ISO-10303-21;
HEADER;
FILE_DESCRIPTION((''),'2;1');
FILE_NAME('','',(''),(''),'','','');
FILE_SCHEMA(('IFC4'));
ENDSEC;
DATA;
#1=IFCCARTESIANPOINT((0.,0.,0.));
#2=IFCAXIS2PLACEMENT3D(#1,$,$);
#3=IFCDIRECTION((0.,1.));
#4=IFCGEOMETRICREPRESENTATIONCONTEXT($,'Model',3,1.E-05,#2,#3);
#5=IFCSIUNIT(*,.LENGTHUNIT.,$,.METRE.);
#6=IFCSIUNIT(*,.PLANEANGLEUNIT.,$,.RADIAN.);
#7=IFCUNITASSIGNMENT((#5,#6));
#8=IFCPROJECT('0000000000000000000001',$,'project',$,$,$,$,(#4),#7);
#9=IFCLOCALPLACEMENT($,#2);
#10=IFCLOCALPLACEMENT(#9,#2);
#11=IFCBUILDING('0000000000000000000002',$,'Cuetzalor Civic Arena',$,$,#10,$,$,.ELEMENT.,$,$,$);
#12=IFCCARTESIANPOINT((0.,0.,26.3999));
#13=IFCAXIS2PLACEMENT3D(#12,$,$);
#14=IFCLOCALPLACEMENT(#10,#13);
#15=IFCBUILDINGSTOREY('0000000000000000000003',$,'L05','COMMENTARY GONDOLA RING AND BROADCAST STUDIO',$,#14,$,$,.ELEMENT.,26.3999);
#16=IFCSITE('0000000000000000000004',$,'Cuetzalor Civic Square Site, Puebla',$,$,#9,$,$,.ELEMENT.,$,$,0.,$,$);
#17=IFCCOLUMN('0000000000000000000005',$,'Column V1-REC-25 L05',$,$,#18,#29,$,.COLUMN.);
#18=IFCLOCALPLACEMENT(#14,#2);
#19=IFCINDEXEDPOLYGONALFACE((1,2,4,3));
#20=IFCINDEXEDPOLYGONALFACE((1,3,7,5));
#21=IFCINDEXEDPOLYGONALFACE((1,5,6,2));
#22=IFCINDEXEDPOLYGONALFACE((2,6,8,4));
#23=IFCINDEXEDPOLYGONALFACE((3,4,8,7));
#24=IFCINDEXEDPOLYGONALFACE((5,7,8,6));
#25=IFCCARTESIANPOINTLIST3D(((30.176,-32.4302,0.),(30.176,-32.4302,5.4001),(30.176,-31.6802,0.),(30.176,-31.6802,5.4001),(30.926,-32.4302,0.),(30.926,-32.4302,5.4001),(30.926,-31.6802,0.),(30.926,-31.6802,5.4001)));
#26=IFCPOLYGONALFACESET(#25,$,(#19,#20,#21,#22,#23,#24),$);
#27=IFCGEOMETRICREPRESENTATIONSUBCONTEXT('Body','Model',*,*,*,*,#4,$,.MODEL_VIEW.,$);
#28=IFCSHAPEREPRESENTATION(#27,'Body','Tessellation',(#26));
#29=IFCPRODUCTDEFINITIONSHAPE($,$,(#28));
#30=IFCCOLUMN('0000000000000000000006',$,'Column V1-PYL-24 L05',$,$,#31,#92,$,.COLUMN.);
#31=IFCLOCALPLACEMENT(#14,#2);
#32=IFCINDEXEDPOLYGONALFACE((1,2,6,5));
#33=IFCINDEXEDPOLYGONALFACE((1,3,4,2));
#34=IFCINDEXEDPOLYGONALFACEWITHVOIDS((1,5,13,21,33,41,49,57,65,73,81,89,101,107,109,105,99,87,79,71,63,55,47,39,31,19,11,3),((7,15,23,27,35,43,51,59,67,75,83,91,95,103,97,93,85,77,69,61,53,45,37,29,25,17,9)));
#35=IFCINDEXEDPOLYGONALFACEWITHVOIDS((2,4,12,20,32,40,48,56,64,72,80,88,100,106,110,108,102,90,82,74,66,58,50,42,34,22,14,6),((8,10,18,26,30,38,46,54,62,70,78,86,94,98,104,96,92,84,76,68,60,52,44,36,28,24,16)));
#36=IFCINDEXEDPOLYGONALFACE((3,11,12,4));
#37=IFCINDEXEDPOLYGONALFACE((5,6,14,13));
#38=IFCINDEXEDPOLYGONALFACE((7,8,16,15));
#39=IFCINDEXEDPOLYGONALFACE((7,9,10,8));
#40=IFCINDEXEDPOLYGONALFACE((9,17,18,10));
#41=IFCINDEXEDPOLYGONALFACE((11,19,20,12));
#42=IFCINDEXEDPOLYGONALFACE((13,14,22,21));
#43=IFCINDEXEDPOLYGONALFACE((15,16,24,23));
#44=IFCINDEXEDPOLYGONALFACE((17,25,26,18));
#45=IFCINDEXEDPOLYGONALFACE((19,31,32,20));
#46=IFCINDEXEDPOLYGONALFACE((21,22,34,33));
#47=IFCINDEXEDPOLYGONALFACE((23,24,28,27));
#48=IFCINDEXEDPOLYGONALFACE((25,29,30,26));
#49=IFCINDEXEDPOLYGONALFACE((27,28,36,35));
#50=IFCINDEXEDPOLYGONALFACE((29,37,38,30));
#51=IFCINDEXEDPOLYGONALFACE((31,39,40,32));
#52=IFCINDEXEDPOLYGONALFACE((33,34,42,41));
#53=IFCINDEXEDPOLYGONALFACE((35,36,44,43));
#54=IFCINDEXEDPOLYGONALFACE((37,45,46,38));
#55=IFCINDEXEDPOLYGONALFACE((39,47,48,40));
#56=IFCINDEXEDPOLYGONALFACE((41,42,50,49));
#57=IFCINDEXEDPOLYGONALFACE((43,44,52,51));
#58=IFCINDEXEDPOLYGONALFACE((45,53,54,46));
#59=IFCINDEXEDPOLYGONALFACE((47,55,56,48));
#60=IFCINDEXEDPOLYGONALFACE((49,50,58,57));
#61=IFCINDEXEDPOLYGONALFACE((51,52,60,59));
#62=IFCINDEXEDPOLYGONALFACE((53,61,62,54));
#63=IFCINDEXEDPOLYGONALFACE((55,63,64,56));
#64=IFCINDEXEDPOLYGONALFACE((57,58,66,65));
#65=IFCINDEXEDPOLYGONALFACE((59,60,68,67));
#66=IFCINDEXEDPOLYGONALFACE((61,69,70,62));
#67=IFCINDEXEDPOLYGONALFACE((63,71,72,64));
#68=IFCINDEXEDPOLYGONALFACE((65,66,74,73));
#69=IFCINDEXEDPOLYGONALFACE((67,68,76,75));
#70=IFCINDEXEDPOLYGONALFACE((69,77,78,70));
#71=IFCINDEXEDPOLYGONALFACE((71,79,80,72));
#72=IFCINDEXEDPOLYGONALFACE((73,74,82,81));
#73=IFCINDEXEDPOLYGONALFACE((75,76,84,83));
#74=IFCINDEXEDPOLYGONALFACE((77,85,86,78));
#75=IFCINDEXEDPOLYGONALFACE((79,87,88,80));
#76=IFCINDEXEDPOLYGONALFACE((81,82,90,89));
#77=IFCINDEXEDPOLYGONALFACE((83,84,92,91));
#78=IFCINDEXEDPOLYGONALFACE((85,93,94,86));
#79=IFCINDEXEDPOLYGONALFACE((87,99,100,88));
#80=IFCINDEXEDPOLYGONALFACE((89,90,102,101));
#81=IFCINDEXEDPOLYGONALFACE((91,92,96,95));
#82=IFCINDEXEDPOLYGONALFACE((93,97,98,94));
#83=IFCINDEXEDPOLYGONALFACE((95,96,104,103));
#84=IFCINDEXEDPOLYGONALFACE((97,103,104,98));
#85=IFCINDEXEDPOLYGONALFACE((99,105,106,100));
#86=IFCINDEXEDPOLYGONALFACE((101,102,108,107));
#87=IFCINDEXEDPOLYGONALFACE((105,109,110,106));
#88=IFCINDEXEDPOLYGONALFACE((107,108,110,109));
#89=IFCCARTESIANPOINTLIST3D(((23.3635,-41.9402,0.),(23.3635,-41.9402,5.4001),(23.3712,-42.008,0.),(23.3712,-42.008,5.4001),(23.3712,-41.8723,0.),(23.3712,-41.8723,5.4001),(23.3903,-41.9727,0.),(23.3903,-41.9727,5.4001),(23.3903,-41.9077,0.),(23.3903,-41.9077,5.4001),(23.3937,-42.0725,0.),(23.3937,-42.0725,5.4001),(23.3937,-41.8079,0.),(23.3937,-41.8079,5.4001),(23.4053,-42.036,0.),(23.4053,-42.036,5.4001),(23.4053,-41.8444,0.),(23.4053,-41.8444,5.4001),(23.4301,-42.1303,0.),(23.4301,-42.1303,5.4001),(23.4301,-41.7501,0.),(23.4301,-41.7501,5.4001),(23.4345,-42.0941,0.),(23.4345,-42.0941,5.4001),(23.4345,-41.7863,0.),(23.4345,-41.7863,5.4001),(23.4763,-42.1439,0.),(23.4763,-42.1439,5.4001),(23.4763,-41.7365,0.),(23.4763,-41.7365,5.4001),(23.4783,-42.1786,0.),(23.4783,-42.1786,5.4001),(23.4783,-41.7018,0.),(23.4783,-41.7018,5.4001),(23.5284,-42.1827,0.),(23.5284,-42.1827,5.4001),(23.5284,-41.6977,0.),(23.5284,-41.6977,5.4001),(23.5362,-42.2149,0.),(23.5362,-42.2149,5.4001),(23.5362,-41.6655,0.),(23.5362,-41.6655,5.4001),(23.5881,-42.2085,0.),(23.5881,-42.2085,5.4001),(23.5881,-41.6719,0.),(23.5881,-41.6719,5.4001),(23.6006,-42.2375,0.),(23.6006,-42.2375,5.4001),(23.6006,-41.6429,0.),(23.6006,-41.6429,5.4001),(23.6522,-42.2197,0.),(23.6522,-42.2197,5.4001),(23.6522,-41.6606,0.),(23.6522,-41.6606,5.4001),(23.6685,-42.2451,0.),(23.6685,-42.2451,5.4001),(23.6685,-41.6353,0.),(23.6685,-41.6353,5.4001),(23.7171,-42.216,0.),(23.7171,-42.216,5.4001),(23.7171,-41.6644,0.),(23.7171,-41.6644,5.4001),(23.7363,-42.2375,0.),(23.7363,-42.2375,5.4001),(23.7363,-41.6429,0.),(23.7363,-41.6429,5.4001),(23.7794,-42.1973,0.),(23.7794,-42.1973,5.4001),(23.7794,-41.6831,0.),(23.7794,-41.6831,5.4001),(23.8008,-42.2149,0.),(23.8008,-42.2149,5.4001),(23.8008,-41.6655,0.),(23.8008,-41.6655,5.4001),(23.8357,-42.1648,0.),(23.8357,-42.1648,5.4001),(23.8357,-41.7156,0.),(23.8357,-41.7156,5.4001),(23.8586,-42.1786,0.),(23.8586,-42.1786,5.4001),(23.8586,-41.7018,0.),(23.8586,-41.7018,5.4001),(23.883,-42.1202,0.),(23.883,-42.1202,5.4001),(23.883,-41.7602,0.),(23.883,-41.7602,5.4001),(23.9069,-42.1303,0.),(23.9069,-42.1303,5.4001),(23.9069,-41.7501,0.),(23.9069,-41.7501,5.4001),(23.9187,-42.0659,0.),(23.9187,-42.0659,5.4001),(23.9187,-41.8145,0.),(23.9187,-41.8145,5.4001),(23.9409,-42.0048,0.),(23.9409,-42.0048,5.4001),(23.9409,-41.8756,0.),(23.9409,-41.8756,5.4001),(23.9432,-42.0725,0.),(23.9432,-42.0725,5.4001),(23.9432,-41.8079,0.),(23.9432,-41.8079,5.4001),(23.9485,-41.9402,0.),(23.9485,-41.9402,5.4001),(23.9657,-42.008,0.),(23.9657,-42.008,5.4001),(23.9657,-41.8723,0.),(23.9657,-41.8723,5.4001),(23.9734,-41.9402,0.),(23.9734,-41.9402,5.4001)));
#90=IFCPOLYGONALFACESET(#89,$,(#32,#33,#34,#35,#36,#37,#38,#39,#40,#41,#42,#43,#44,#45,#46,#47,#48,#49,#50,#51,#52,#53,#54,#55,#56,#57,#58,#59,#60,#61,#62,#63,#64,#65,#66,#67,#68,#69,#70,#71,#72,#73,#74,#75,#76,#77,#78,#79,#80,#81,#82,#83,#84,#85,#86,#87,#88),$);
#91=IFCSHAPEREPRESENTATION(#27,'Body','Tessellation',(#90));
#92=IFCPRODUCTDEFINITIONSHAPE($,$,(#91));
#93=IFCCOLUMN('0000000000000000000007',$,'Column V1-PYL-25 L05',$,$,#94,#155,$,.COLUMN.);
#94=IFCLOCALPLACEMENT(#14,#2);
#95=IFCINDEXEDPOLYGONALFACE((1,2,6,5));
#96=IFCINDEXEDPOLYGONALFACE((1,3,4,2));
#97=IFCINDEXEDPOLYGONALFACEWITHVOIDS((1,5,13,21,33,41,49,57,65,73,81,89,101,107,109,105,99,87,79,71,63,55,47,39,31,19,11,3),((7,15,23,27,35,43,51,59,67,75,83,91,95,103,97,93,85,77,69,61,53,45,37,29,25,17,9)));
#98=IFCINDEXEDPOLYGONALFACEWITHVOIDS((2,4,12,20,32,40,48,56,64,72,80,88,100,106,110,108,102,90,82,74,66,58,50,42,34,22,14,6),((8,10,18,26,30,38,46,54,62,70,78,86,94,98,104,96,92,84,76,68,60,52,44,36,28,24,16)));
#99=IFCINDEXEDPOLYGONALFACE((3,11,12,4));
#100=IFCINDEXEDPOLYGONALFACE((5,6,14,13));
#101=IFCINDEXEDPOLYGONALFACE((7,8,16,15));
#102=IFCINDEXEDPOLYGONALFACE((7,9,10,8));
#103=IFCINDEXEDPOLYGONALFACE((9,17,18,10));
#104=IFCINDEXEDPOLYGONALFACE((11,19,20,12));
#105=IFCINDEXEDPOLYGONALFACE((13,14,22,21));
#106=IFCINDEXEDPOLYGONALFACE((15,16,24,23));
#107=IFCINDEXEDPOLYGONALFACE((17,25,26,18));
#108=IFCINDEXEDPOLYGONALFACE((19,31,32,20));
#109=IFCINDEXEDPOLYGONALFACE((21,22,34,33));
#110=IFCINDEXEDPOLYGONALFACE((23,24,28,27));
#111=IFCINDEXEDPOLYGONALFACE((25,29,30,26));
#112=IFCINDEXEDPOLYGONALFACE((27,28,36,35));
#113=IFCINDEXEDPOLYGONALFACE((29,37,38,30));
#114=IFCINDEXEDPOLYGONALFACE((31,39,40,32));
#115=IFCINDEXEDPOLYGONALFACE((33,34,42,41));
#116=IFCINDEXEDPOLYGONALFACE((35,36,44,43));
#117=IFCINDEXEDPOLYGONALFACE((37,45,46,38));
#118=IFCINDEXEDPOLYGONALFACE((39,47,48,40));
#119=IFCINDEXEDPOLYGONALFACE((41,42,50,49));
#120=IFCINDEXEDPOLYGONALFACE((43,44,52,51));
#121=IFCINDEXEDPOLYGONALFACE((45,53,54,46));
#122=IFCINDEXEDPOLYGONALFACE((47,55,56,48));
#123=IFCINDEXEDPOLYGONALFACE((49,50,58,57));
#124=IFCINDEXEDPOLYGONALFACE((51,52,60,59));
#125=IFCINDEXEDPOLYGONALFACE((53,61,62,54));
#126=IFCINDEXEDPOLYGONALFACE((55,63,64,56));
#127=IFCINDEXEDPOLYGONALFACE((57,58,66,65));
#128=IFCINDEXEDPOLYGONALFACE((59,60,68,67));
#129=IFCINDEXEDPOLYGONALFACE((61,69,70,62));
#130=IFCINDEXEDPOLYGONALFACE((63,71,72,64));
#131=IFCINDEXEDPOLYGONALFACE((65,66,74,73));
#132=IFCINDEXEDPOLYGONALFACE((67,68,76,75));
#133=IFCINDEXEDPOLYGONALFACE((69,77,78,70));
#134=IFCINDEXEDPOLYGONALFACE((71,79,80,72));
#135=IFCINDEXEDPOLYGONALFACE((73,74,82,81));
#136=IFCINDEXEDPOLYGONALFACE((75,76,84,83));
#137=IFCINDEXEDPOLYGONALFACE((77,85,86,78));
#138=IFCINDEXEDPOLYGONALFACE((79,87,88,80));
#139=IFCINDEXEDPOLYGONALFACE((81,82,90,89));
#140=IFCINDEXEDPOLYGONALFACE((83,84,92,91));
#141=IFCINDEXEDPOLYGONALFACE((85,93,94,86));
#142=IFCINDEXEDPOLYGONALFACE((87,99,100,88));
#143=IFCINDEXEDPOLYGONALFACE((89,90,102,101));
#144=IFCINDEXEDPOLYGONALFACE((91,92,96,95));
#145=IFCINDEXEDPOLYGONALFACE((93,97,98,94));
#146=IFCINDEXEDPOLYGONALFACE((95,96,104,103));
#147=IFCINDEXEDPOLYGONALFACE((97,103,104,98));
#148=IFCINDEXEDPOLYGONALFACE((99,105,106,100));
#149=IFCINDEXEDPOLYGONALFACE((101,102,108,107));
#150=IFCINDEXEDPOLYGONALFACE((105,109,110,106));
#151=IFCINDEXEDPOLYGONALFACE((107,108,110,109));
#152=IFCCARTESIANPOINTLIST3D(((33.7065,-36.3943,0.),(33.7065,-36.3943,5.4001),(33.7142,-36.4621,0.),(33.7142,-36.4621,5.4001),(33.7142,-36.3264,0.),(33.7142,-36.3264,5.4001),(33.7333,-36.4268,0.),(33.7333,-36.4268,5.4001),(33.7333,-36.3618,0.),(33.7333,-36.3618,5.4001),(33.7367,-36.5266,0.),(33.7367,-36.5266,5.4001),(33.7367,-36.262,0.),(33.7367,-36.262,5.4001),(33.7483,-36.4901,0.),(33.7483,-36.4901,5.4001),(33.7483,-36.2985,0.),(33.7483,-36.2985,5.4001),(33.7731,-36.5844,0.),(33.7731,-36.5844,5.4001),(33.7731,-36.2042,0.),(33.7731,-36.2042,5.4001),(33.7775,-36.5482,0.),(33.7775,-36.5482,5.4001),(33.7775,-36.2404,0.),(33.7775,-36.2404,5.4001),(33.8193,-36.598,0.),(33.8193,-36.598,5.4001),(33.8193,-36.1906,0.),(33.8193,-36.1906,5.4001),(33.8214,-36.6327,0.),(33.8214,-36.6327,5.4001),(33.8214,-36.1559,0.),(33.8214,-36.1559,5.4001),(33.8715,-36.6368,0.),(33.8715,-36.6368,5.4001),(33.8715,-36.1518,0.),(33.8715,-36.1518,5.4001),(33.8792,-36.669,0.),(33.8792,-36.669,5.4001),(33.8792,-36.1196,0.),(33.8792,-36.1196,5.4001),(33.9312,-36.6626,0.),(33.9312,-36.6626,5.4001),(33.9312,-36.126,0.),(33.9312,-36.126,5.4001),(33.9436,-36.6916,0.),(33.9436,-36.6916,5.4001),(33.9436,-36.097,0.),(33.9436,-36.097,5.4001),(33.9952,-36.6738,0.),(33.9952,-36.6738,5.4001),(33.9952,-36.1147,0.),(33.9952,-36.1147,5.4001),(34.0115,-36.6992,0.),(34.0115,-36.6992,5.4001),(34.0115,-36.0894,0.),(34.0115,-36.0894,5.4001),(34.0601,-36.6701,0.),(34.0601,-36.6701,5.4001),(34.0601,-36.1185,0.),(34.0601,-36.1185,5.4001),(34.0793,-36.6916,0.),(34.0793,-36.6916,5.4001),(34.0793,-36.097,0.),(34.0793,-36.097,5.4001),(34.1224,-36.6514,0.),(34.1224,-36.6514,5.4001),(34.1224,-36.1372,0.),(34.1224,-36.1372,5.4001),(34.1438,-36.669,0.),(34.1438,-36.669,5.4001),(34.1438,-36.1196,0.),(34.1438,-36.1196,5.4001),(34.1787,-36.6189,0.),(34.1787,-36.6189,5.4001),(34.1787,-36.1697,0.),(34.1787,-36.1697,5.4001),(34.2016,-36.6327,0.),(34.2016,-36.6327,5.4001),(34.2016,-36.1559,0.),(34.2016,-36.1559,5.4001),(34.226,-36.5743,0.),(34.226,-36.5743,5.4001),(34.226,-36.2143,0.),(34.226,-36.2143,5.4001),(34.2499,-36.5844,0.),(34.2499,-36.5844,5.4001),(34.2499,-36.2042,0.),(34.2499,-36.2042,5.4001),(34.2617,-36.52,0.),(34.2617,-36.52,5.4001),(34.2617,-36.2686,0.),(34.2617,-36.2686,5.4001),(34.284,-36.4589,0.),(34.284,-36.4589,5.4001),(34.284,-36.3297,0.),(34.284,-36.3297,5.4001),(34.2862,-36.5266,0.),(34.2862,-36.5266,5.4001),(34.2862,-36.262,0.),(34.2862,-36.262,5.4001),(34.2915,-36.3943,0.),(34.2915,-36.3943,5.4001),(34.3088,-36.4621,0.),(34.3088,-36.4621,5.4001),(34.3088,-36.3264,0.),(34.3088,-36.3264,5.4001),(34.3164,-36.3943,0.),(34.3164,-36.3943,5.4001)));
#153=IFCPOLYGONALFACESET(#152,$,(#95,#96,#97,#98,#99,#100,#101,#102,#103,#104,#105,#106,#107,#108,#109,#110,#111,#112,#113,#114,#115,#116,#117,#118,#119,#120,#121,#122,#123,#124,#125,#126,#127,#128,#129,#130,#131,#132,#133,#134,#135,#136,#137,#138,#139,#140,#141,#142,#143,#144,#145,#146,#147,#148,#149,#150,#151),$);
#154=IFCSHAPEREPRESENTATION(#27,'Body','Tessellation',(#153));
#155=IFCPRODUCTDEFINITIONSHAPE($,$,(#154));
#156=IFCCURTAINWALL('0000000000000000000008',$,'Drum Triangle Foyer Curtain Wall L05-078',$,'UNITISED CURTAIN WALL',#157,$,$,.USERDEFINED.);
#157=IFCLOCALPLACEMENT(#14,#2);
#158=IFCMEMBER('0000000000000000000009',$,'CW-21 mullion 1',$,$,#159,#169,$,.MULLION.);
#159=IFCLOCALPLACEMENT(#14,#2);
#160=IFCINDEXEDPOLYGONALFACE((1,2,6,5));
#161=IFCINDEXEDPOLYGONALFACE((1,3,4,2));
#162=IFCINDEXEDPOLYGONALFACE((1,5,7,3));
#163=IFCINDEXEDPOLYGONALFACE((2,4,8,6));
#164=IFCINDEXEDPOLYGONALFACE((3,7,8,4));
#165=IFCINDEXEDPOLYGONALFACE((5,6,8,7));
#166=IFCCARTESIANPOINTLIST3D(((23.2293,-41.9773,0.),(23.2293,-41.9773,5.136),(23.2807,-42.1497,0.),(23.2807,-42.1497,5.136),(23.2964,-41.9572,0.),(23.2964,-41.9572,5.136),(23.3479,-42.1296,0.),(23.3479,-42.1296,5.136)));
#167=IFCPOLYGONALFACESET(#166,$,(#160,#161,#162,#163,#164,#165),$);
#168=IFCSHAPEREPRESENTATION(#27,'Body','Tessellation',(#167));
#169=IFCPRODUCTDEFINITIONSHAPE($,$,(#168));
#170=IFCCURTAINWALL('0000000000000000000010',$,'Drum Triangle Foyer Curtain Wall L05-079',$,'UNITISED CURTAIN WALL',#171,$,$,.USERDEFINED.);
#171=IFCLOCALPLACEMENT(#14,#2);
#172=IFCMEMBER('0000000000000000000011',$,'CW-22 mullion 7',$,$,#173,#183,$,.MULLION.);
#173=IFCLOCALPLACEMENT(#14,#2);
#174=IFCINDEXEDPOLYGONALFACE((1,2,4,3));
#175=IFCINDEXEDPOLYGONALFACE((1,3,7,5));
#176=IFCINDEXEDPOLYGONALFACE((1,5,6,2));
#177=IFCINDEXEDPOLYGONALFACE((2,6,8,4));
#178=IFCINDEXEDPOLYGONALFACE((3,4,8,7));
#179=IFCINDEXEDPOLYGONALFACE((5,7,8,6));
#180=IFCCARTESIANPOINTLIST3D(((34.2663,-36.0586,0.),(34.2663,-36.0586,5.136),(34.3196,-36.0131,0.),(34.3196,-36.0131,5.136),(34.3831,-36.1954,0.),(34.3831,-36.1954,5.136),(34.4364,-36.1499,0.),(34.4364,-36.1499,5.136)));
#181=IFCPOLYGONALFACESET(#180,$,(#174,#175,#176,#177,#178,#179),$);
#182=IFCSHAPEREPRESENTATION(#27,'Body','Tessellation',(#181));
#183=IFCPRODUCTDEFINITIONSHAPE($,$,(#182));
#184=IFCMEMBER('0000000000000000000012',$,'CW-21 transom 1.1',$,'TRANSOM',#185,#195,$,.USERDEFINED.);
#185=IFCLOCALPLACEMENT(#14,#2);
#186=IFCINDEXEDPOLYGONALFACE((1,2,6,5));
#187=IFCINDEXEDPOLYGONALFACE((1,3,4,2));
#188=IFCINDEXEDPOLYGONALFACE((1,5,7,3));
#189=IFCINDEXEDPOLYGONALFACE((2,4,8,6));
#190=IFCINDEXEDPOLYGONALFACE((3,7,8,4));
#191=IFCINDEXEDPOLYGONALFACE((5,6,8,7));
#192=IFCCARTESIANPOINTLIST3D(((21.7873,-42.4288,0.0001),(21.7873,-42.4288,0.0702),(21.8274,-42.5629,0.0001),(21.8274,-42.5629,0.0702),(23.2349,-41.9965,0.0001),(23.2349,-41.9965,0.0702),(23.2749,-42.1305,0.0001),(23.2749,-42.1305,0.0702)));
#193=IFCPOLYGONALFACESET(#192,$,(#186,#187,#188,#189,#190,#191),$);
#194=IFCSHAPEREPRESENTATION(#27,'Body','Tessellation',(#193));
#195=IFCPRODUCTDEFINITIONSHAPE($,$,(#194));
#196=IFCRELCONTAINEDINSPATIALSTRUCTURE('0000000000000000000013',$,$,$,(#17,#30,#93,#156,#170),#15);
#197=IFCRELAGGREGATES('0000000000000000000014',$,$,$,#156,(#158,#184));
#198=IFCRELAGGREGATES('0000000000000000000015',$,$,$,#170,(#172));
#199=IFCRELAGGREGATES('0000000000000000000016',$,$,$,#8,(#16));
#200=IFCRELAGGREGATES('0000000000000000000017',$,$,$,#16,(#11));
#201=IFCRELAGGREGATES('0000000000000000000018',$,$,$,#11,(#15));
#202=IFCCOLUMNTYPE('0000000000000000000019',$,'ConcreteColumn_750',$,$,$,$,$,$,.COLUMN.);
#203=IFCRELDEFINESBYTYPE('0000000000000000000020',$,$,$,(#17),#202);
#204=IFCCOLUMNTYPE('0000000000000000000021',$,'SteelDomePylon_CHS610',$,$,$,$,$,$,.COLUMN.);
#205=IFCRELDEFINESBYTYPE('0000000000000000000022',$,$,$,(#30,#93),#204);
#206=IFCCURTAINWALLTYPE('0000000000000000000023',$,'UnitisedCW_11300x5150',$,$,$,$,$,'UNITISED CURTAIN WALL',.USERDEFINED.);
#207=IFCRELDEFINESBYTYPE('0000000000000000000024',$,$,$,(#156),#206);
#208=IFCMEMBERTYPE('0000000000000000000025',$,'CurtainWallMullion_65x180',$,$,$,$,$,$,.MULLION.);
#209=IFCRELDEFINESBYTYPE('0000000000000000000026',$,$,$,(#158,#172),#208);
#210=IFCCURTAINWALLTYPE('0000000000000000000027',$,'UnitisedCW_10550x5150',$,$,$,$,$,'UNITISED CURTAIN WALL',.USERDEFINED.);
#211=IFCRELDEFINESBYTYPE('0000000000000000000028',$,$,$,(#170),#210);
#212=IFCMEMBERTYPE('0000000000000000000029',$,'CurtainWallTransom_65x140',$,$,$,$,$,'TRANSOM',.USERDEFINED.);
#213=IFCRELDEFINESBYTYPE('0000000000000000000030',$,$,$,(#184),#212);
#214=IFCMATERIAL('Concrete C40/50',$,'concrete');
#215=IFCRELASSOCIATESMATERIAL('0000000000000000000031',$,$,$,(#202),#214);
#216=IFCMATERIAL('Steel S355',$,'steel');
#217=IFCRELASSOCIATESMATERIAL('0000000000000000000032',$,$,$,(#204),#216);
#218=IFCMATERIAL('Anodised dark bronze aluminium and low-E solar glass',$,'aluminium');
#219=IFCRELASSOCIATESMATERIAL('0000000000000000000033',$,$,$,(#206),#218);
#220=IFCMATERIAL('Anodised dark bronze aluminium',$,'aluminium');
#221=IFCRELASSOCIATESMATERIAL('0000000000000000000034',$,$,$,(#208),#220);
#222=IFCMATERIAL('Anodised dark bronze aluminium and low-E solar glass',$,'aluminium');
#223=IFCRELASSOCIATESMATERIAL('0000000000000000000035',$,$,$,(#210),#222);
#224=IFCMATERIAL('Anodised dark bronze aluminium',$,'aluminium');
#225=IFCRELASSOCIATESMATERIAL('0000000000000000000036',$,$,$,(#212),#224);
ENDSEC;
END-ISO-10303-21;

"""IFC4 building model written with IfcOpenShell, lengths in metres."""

from ifc_helpers import new_model, si_unit, direction, frame, origin, origin_2d, place, context, subcontext, project, spatial, rectangle, hollow_circle, extrude, material, material_profile, profile_set, type_object, element, aggregate, save


model = new_model("IFC4")

# Units and contexts
model_context = context("Model", 3, precision=1e-05, world=origin(), true_north=direction((0.0, 1.0)))
body_context = subcontext(model_context, "Body", "Model", "MODEL_VIEW")
ifc_project = project(units=[si_unit("LENGTHUNIT", "METRE"), si_unit("PLANEANGLEUNIT", "RADIAN")], contexts=[model_context])

# Site, building, storey
site_placement = place(None, origin())
site = spatial("IfcSite", under=ifc_project, at=site_placement, Name="Cuetzalor Civic Square Site, Puebla", CompositionType="ELEMENT", RefElevation=0.0)
building_placement = place(site_placement, origin())
building = spatial("IfcBuilding", under=site, at=building_placement, Name="Cuetzalor Civic Arena", CompositionType="ELEMENT")
storey_placement = place(building_placement, frame((0.0, 0.0, 26.3999)))
storey = spatial("IfcBuildingStorey", under=building, at=storey_placement, Name="L05", Description="COMMENTARY GONDOLA RING AND BROADCAST STUDIO", CompositionType="ELEMENT", Elevation=26.3999)

# Columns
ifc_material_1 = material(Name="Concrete C40/50", Category="concrete")
ifc_material_profile_1 = material_profile(ifc_material_1, rectangle(XDim=0.75, YDim=0.75, at=origin_2d()), Name="RC 750x750")
ifc_profile_set_1 = profile_set([ifc_material_profile_1], Name="Concrete C40/50")
column_type_1 = type_object("IfcColumnType", Name="ConcreteColumn_750", PredefinedType="COLUMN", material=ifc_profile_set_1)
column_placement = place(storey_placement, frame((30.551, -32.0552, 0.0), z_axis=(0.0, 0.0, 1.0), x_axis=(1.0, 0.0, 0.0)))
element("IfcColumn", 1, at=column_placement, inside=storey, type_object=column_type_1, Name="Column V1-REC-25 L05", PredefinedType="COLUMN", context=body_context, shape_type="SweptSolid", body=[
    extrude(rectangle(XDim=0.75, YDim=0.75, at=origin_2d()), origin(), (0.0, 0.0, 1.0), 5.4001),
])
ifc_material_2 = material(Name="Steel S355", Category="steel")
ifc_material_profile_2 = material_profile(ifc_material_2, hollow_circle(Radius=0.3049, WallThickness=0.0249, at=origin_2d()), Name="CHS 610x25")
ifc_profile_set_2 = profile_set([ifc_material_profile_2], Name="Steel S355")
column_type_2 = type_object("IfcColumnType", Name="SteelDomePylon_CHS610", PredefinedType="COLUMN", material=ifc_profile_set_2)
for number, where, z_axis, x_axis, name in (
    (2, (23.6685, -41.9402, 0.0), (0.0, 0.0, 1.0), (1.0, 0.0, 0.0), "Column V1-PYL-24 L05"),
    (3, (34.0115, -36.3943, 0.0), (0.0, 0.0, 1.0), (1.0, 0.0, 0.0), "Column V1-PYL-25 L05"),
):
    element("IfcColumn", number, at=place(storey_placement, frame(where, z_axis=z_axis, x_axis=x_axis)), inside=storey, type_object=column_type_2, Name=name, PredefinedType="COLUMN", context=body_context, shape_type="SweptSolid", body=[
        extrude(hollow_circle(Radius=0.3049, WallThickness=0.0249, at=origin_2d()), origin(), (0.0, 0.0, 1.0), 5.4001),
    ])

# Curtain walls, members
ifc_material_3 = material(Name="Anodised dark bronze aluminium and low-E solar glass", Category="aluminium")
curtain_wall_type_1 = type_object("IfcCurtainWallType", Name="UnitisedCW_11300x5150", ElementType="UNITISED CURTAIN WALL", PredefinedType="USERDEFINED", material=ifc_material_3)
curtain_wall_1_placement = place(storey_placement, origin())
curtain_wall_1 = element("IfcCurtainWall", 4, at=curtain_wall_1_placement, inside=storey, type_object=curtain_wall_type_1, Name="Drum Triangle Foyer Curtain Wall L05-078", ObjectType="UNITISED CURTAIN WALL", PredefinedType="USERDEFINED")
ifc_material_4 = material(Name="Anodised dark bronze aluminium", Category="aluminium")
ifc_material_profile_3 = material_profile(ifc_material_4, rectangle(XDim=0.0701, YDim=0.1799, at=origin_2d()), Name="ALU MULLION 70x180")
ifc_profile_set_3 = profile_set([ifc_material_profile_3], Name="Anodised dark bronze aluminium")
member_type_1 = type_object("IfcMemberType", Name="CurtainWallMullion_65x180", PredefinedType="MULLION", material=ifc_profile_set_3)
member_1_placement = place(storey_placement, frame((23.2886, -42.0535, 0.0), z_axis=(0.0, 0.0, 1.0), x_axis=(-0.958194, -0.28612, 0.0)))
member_1 = element("IfcMember", 5, at=member_1_placement, type_object=member_type_1, Name="CW-21 mullion 1", PredefinedType="MULLION", context=body_context, shape_type="SweptSolid", body=[
    extrude(rectangle(XDim=0.0701, YDim=0.1799, at=origin_2d()), origin(), (0.0, 0.0, 1.0), 5.136),
])
ifc_material_5 = material(Name="Anodised dark bronze aluminium and low-E solar glass", Category="aluminium")
curtain_wall_type_2 = type_object("IfcCurtainWallType", Name="UnitisedCW_10550x5150", ElementType="UNITISED CURTAIN WALL", PredefinedType="USERDEFINED", material=ifc_material_5)
curtain_wall_2_placement = place(storey_placement, origin())
curtain_wall_2 = element("IfcCurtainWall", 6, at=curtain_wall_2_placement, inside=storey, type_object=curtain_wall_type_2, Name="Drum Triangle Foyer Curtain Wall L05-079", ObjectType="UNITISED CURTAIN WALL", PredefinedType="USERDEFINED")
member_2_placement = place(storey_placement, frame((34.3513, -36.1042, 0.0), z_axis=(0.0, 0.0, 1.0), x_axis=(-0.760677, -0.64913, 0.0)))
member_2 = element("IfcMember", 7, at=member_2_placement, type_object=member_type_1, Name="CW-22 mullion 7", PredefinedType="MULLION", context=body_context, shape_type="SweptSolid", body=[
    extrude(rectangle(XDim=0.0701, YDim=0.1799, at=origin_2d()), origin(), (0.0, 0.0, 1.0), 5.136),
])

# Member
ifc_material_6 = material(Name="Anodised dark bronze aluminium", Category="aluminium")
ifc_material_profile_4 = material_profile(ifc_material_6, rectangle(XDim=0.1399, YDim=0.0701, at=origin_2d()), Name="ALU TRANSOM 70x140")
ifc_profile_set_4 = profile_set([ifc_material_profile_4], Name="Anodised dark bronze aluminium")
member_type_2 = type_object("IfcMemberType", Name="CurtainWallTransom_65x140", ElementType="TRANSOM", PredefinedType="USERDEFINED", material=ifc_profile_set_4)
member_3_placement = place(storey_placement, frame((23.2549, -42.0635, 0.0352), z_axis=(-0.958168, -0.286206, 0.0), x_axis=(0.286206, -0.958168, 0.0)))
member_3 = element("IfcMember", 8, at=member_3_placement, type_object=member_type_2, Name="CW-21 transom 1.1", ObjectType="TRANSOM", PredefinedType="USERDEFINED", context=body_context, shape_type="SweptSolid", body=[
    extrude(rectangle(XDim=0.1399, YDim=0.0701, at=origin_2d()), origin(), (0.0, 0.0, 1.0), 1.5107),
])

aggregate(curtain_wall_1, [member_1, member_3])
aggregate(curtain_wall_2, [member_2])

save(model, "model.ifc")
